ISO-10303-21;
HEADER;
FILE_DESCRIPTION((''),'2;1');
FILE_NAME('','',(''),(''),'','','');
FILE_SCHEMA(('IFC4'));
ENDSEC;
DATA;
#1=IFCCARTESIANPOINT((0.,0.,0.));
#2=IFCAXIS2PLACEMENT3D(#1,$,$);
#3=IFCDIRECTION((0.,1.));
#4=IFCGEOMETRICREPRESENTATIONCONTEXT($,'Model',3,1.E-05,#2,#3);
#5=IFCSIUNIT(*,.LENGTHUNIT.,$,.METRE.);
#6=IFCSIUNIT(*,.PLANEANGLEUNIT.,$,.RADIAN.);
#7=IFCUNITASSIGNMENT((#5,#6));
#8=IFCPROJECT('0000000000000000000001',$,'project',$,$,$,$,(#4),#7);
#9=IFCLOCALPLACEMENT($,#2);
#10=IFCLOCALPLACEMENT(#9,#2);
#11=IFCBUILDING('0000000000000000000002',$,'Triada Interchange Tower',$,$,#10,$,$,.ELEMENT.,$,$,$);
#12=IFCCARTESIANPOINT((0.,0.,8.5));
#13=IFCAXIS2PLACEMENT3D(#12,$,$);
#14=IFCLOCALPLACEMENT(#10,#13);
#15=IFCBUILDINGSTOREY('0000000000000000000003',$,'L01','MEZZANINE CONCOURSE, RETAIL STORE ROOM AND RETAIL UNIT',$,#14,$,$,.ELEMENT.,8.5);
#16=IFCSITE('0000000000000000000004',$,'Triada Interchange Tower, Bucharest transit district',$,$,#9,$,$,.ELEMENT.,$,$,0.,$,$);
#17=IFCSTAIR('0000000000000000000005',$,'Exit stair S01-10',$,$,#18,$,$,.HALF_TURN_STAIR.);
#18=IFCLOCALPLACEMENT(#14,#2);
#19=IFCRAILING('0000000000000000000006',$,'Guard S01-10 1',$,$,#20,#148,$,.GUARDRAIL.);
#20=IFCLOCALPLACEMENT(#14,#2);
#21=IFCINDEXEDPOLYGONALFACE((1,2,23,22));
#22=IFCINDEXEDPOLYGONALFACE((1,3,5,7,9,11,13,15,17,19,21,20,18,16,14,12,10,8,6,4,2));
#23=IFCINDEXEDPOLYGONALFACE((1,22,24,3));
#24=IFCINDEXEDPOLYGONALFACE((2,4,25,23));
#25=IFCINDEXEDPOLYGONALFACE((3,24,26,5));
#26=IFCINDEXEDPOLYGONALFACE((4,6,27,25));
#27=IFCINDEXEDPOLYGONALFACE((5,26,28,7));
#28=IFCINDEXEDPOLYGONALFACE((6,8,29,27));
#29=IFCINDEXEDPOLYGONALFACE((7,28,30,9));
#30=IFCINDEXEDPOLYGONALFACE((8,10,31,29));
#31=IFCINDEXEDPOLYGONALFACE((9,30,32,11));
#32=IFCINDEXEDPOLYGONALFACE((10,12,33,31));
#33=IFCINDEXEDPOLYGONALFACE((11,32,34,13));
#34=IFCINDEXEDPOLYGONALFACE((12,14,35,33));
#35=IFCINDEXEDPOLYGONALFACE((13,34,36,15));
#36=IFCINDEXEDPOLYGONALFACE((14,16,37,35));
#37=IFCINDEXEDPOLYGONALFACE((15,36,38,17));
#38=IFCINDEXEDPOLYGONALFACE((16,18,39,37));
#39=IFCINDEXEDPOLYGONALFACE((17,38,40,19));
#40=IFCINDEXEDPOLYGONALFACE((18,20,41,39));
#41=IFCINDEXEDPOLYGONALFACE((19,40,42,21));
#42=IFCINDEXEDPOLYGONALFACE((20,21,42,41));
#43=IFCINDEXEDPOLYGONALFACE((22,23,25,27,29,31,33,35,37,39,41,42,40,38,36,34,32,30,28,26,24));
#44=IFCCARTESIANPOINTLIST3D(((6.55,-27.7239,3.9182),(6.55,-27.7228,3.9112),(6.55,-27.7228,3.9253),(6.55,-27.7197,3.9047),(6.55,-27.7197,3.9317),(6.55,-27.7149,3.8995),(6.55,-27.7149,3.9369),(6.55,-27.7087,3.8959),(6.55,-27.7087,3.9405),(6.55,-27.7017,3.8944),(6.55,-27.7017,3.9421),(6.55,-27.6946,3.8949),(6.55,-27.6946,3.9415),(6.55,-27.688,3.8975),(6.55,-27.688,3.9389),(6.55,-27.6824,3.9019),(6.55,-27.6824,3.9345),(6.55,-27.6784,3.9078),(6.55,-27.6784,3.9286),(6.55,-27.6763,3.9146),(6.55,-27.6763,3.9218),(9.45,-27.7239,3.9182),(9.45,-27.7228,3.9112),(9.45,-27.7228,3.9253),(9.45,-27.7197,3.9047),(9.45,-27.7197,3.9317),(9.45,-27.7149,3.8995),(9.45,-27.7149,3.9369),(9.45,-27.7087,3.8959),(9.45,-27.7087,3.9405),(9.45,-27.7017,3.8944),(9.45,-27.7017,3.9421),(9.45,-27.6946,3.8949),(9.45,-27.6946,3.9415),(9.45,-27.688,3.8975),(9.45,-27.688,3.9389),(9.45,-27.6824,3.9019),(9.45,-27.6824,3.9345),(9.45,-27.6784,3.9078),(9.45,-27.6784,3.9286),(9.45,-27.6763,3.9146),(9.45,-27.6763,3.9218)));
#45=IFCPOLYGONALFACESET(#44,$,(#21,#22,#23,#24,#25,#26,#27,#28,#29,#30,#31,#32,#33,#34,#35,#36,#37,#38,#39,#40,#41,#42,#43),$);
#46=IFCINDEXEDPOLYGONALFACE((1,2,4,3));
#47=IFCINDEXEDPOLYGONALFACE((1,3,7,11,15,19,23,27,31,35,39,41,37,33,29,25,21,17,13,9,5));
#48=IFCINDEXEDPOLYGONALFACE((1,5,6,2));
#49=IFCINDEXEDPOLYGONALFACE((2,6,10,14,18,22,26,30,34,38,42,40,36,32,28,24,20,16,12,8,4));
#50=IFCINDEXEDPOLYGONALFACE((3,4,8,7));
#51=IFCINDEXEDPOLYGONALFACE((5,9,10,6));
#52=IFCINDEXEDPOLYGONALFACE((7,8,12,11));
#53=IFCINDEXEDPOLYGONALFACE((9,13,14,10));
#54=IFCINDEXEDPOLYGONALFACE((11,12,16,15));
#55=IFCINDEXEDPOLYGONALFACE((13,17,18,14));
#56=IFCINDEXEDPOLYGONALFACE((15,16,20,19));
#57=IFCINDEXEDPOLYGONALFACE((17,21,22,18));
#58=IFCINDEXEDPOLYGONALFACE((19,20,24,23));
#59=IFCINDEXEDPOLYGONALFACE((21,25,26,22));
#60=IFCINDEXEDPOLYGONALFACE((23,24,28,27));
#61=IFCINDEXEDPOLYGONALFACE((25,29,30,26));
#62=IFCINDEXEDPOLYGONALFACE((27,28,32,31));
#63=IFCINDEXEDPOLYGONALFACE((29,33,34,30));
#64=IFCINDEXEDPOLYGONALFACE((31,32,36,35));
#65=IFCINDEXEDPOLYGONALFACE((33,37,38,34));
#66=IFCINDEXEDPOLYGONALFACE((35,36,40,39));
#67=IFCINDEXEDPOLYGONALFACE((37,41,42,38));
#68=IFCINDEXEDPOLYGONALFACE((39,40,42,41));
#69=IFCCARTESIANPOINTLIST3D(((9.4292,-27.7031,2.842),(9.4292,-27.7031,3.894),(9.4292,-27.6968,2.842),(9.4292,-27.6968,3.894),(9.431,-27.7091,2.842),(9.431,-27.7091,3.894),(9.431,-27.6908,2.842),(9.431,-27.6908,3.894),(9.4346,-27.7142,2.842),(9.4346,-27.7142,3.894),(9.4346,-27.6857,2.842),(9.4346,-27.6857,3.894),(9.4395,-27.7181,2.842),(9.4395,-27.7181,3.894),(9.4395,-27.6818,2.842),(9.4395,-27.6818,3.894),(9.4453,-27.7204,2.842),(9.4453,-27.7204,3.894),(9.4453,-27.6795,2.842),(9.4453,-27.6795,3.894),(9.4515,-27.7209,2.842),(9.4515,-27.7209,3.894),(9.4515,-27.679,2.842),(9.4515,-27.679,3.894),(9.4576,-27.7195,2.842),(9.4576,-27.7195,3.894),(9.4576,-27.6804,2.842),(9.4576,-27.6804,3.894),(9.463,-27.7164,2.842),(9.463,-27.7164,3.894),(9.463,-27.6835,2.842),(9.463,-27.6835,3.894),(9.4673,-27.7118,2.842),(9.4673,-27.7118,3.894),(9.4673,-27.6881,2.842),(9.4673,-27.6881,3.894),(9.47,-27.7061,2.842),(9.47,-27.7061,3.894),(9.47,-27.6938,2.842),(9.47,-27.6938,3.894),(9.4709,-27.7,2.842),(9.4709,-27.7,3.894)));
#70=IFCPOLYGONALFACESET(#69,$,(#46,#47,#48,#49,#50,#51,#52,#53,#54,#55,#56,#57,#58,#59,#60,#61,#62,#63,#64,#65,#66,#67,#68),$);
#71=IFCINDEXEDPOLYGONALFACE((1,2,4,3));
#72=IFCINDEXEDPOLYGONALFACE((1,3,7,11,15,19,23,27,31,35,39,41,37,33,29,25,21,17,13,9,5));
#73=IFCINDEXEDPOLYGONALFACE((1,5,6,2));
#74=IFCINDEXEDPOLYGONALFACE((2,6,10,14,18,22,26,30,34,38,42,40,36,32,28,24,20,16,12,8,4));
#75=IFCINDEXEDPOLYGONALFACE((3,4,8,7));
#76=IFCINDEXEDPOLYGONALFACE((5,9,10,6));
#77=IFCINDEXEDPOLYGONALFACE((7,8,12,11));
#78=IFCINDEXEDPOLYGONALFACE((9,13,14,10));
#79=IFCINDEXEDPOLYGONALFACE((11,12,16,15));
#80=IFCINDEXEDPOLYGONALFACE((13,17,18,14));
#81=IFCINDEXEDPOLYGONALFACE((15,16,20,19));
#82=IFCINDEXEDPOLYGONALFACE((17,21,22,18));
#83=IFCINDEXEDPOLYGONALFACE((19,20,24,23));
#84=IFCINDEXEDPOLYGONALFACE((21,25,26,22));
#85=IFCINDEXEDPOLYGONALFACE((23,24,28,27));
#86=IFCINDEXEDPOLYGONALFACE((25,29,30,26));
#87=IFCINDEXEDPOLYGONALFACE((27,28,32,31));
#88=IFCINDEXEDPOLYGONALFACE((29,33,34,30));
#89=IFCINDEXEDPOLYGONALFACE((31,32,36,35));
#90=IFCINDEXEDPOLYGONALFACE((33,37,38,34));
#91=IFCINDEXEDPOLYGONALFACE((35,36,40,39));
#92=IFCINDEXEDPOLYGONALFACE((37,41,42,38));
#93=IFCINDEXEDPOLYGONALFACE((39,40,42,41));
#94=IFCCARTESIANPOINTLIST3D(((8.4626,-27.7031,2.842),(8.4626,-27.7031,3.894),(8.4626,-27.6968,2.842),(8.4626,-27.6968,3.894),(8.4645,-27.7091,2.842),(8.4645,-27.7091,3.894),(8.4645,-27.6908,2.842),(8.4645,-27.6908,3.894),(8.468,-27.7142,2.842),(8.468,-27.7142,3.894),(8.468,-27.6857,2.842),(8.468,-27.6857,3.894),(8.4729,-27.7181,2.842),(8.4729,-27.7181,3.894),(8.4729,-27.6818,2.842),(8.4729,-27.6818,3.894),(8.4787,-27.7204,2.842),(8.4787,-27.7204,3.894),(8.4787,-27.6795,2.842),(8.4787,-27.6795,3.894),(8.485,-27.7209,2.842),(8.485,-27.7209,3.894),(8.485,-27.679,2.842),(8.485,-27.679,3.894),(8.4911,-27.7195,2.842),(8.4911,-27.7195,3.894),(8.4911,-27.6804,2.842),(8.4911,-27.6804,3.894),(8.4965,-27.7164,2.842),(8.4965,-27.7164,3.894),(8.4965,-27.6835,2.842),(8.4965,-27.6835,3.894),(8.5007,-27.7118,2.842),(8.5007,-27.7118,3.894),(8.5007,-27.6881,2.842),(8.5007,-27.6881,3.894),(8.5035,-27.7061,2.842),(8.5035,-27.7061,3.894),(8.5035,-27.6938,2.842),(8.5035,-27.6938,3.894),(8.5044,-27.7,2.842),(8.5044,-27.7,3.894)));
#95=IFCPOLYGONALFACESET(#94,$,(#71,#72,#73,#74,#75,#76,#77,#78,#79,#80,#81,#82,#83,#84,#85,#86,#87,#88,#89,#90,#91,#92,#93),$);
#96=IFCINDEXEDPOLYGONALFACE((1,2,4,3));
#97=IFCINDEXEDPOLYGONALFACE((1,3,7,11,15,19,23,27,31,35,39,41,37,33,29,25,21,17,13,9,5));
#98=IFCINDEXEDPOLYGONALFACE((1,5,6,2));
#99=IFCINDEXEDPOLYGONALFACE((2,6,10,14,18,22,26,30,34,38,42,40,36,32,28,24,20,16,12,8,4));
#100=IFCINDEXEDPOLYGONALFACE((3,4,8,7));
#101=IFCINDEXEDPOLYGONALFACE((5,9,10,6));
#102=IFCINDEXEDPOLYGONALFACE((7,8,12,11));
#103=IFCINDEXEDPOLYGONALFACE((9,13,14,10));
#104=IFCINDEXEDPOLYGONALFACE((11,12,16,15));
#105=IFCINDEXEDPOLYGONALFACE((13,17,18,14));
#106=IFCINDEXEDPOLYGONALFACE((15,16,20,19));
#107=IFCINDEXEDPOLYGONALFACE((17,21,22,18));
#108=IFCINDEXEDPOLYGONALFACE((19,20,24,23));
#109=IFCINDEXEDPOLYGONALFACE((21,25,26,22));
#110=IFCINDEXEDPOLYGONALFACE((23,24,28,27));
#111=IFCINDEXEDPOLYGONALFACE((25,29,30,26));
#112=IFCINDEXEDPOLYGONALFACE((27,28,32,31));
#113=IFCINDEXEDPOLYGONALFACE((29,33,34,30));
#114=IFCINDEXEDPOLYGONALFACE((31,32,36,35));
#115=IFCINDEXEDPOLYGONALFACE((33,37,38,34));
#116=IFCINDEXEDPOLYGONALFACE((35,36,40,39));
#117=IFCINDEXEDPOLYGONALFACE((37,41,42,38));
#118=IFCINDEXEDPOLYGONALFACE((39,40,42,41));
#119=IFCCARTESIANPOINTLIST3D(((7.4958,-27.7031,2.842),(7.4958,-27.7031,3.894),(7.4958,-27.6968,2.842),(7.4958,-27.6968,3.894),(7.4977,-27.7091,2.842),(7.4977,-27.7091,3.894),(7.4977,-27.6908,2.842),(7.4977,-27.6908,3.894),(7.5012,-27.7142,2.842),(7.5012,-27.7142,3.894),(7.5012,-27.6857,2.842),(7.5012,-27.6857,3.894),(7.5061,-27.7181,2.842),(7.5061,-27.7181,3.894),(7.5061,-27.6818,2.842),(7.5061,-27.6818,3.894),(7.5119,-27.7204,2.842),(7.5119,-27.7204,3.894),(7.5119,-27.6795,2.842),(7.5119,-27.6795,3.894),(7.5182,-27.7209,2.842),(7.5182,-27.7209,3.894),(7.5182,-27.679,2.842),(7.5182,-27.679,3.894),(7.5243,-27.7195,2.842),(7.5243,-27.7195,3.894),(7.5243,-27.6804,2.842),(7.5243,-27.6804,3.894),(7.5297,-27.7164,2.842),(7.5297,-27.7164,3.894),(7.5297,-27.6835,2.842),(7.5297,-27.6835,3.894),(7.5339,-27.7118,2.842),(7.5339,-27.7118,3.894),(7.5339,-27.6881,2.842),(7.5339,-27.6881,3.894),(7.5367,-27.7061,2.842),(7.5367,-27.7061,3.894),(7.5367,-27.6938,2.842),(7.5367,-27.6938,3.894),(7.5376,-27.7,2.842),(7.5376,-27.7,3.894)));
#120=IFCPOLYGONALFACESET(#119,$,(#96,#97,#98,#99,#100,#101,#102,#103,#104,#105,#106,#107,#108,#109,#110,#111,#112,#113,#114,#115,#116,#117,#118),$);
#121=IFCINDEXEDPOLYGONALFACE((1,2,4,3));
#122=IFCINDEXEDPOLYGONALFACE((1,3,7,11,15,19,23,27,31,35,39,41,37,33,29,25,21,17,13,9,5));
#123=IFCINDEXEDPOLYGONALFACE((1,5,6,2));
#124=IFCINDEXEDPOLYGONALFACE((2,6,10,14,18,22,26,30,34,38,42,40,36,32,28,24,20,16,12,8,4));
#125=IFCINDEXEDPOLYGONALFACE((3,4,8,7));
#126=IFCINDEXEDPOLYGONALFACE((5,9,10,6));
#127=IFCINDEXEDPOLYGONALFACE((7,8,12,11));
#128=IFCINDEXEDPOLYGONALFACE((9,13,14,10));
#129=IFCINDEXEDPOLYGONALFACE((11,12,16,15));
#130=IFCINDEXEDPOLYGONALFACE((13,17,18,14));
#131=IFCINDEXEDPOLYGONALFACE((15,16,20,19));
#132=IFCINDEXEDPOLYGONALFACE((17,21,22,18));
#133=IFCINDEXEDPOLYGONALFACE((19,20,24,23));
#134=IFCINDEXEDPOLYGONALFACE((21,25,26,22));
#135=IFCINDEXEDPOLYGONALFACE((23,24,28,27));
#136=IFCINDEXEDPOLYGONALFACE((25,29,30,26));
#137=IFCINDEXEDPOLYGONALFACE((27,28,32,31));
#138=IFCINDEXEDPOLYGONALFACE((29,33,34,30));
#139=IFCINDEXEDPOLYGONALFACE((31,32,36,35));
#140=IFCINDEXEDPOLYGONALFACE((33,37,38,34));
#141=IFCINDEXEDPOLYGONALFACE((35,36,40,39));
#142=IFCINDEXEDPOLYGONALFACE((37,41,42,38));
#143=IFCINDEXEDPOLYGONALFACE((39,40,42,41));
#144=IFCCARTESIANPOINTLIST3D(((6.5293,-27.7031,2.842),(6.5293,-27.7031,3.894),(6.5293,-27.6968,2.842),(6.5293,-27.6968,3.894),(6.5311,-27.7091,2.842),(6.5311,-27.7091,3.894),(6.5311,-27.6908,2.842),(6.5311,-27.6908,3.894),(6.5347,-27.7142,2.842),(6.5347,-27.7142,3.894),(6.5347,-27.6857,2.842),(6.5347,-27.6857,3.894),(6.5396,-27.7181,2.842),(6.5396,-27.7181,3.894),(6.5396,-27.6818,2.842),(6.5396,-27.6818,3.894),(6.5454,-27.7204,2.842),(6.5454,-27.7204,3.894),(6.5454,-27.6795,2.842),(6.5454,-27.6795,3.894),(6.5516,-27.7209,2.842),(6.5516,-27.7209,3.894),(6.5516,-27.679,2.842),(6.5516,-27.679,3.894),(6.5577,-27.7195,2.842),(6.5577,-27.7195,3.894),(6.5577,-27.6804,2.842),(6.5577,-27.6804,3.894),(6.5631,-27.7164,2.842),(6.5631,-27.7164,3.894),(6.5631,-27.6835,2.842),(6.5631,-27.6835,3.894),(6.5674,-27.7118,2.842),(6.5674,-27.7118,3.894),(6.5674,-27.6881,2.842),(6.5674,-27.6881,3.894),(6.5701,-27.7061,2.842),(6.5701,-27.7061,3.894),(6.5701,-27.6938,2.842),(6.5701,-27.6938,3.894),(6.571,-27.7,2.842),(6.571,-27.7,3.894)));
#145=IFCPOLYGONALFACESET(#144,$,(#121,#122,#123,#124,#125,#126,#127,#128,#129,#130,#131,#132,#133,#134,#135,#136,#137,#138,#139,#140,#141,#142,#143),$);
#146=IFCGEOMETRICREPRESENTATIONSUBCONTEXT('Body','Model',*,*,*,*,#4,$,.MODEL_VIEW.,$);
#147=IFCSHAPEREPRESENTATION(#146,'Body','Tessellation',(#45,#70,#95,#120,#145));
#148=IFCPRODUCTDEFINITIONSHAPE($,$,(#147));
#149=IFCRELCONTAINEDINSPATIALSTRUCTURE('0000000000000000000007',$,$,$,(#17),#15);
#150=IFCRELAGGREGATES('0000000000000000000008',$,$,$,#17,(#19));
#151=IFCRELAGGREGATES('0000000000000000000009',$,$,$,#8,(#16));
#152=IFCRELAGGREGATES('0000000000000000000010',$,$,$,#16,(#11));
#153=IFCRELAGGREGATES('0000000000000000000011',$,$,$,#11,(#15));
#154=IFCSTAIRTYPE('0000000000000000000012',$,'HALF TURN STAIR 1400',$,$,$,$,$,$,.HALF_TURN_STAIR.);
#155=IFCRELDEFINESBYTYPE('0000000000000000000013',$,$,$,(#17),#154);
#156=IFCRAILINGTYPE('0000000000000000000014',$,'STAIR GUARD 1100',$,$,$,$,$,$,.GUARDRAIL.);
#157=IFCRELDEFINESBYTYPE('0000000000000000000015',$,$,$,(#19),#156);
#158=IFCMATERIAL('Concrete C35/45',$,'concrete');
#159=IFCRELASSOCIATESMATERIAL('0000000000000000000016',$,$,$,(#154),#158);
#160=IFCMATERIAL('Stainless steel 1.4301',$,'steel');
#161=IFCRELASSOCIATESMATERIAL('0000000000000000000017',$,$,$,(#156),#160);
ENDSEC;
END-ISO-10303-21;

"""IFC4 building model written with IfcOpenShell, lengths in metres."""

from ifc_helpers import new_model, si_unit, direction, frame, origin, origin_2d, place, context, subcontext, project, spatial, circle, extrude, material, type_object, element, aggregate, save


model = new_model("IFC4")

# Units and contexts
model_context = context("Model", 3, precision=1e-05, world=origin(), true_north=direction((0.0, 1.0)))
body_context = subcontext(model_context, "Body", "Model", "MODEL_VIEW")
ifc_project = project(units=[si_unit("LENGTHUNIT", "METRE"), si_unit("PLANEANGLEUNIT", "RADIAN")], contexts=[model_context])

# Site, building, storey
site_placement = place(None, origin())
site = spatial("IfcSite", under=ifc_project, at=site_placement, Name="Triada Interchange Tower, Bucharest transit district", CompositionType="ELEMENT", RefElevation=0.0)
building_placement = place(site_placement, origin())
building = spatial("IfcBuilding", under=site, at=building_placement, Name="Triada Interchange Tower", CompositionType="ELEMENT")
storey_placement = place(building_placement, frame((0.0, 0.0, 8.5)))
storey = spatial("IfcBuildingStorey", under=building, at=storey_placement, Name="L01", Description="MEZZANINE CONCOURSE, RETAIL STORE ROOM AND RETAIL UNIT", CompositionType="ELEMENT", Elevation=8.5)

# Shared definitions
ifc_material_1 = material(Name="Concrete C35/45", Category="concrete")

# Shared definitions
stair_type = type_object("IfcStairType", Name="HALF TURN STAIR 1400", PredefinedType="HALF_TURN_STAIR", material=ifc_material_1)

# Stair, railing
stair_1_placement = place(storey_placement, origin())
stair_1 = element("IfcStair", 1, at=stair_1_placement, inside=storey, type_object=stair_type, Name="Exit stair S01-10", PredefinedType="HALF_TURN_STAIR")
ifc_material_2 = material(Name="Stainless steel 1.4301", Category="steel")
railing_type_1 = type_object("IfcRailingType", Name="STAIR GUARD 1100", PredefinedType="GUARDRAIL", material=ifc_material_2)
railing_1_placement = place(storey_placement, frame((9.45, -27.7, 2.842)))
railing_1 = element("IfcRailing", 2, at=railing_1_placement, type_object=railing_type_1, Name="Guard S01-10 1", PredefinedType="GUARDRAIL", context=body_context, shape_type="SweptSolid", body=[
    extrude(circle(Radius=0.0239, at=origin_2d()), frame((0.0, 0.0, 1.0762), z_axis=(-1.0, 0.0, 0.0), x_axis=(0.0, -1.0, 0.0)), (0.0, 0.0, 1.0), 2.8999),
    extrude(circle(Radius=0.021, at=origin_2d()), origin(), (0.0, 0.0, 1.0), 1.052),
    extrude(circle(Radius=0.021, at=origin_2d()), frame((-0.9666, 0.0, 0.0)), (0.0, 0.0, 1.0), 1.052),
    extrude(circle(Radius=0.021, at=origin_2d()), frame((-1.9333, 0.0, 0.0)), (0.0, 0.0, 1.0), 1.052),
    extrude(circle(Radius=0.021, at=origin_2d()), frame((-2.8999, 0.0, 0.0)), (0.0, 0.0, 1.0), 1.052),
])

aggregate(stair_1, [railing_1])

save(model, "model.ifc")
